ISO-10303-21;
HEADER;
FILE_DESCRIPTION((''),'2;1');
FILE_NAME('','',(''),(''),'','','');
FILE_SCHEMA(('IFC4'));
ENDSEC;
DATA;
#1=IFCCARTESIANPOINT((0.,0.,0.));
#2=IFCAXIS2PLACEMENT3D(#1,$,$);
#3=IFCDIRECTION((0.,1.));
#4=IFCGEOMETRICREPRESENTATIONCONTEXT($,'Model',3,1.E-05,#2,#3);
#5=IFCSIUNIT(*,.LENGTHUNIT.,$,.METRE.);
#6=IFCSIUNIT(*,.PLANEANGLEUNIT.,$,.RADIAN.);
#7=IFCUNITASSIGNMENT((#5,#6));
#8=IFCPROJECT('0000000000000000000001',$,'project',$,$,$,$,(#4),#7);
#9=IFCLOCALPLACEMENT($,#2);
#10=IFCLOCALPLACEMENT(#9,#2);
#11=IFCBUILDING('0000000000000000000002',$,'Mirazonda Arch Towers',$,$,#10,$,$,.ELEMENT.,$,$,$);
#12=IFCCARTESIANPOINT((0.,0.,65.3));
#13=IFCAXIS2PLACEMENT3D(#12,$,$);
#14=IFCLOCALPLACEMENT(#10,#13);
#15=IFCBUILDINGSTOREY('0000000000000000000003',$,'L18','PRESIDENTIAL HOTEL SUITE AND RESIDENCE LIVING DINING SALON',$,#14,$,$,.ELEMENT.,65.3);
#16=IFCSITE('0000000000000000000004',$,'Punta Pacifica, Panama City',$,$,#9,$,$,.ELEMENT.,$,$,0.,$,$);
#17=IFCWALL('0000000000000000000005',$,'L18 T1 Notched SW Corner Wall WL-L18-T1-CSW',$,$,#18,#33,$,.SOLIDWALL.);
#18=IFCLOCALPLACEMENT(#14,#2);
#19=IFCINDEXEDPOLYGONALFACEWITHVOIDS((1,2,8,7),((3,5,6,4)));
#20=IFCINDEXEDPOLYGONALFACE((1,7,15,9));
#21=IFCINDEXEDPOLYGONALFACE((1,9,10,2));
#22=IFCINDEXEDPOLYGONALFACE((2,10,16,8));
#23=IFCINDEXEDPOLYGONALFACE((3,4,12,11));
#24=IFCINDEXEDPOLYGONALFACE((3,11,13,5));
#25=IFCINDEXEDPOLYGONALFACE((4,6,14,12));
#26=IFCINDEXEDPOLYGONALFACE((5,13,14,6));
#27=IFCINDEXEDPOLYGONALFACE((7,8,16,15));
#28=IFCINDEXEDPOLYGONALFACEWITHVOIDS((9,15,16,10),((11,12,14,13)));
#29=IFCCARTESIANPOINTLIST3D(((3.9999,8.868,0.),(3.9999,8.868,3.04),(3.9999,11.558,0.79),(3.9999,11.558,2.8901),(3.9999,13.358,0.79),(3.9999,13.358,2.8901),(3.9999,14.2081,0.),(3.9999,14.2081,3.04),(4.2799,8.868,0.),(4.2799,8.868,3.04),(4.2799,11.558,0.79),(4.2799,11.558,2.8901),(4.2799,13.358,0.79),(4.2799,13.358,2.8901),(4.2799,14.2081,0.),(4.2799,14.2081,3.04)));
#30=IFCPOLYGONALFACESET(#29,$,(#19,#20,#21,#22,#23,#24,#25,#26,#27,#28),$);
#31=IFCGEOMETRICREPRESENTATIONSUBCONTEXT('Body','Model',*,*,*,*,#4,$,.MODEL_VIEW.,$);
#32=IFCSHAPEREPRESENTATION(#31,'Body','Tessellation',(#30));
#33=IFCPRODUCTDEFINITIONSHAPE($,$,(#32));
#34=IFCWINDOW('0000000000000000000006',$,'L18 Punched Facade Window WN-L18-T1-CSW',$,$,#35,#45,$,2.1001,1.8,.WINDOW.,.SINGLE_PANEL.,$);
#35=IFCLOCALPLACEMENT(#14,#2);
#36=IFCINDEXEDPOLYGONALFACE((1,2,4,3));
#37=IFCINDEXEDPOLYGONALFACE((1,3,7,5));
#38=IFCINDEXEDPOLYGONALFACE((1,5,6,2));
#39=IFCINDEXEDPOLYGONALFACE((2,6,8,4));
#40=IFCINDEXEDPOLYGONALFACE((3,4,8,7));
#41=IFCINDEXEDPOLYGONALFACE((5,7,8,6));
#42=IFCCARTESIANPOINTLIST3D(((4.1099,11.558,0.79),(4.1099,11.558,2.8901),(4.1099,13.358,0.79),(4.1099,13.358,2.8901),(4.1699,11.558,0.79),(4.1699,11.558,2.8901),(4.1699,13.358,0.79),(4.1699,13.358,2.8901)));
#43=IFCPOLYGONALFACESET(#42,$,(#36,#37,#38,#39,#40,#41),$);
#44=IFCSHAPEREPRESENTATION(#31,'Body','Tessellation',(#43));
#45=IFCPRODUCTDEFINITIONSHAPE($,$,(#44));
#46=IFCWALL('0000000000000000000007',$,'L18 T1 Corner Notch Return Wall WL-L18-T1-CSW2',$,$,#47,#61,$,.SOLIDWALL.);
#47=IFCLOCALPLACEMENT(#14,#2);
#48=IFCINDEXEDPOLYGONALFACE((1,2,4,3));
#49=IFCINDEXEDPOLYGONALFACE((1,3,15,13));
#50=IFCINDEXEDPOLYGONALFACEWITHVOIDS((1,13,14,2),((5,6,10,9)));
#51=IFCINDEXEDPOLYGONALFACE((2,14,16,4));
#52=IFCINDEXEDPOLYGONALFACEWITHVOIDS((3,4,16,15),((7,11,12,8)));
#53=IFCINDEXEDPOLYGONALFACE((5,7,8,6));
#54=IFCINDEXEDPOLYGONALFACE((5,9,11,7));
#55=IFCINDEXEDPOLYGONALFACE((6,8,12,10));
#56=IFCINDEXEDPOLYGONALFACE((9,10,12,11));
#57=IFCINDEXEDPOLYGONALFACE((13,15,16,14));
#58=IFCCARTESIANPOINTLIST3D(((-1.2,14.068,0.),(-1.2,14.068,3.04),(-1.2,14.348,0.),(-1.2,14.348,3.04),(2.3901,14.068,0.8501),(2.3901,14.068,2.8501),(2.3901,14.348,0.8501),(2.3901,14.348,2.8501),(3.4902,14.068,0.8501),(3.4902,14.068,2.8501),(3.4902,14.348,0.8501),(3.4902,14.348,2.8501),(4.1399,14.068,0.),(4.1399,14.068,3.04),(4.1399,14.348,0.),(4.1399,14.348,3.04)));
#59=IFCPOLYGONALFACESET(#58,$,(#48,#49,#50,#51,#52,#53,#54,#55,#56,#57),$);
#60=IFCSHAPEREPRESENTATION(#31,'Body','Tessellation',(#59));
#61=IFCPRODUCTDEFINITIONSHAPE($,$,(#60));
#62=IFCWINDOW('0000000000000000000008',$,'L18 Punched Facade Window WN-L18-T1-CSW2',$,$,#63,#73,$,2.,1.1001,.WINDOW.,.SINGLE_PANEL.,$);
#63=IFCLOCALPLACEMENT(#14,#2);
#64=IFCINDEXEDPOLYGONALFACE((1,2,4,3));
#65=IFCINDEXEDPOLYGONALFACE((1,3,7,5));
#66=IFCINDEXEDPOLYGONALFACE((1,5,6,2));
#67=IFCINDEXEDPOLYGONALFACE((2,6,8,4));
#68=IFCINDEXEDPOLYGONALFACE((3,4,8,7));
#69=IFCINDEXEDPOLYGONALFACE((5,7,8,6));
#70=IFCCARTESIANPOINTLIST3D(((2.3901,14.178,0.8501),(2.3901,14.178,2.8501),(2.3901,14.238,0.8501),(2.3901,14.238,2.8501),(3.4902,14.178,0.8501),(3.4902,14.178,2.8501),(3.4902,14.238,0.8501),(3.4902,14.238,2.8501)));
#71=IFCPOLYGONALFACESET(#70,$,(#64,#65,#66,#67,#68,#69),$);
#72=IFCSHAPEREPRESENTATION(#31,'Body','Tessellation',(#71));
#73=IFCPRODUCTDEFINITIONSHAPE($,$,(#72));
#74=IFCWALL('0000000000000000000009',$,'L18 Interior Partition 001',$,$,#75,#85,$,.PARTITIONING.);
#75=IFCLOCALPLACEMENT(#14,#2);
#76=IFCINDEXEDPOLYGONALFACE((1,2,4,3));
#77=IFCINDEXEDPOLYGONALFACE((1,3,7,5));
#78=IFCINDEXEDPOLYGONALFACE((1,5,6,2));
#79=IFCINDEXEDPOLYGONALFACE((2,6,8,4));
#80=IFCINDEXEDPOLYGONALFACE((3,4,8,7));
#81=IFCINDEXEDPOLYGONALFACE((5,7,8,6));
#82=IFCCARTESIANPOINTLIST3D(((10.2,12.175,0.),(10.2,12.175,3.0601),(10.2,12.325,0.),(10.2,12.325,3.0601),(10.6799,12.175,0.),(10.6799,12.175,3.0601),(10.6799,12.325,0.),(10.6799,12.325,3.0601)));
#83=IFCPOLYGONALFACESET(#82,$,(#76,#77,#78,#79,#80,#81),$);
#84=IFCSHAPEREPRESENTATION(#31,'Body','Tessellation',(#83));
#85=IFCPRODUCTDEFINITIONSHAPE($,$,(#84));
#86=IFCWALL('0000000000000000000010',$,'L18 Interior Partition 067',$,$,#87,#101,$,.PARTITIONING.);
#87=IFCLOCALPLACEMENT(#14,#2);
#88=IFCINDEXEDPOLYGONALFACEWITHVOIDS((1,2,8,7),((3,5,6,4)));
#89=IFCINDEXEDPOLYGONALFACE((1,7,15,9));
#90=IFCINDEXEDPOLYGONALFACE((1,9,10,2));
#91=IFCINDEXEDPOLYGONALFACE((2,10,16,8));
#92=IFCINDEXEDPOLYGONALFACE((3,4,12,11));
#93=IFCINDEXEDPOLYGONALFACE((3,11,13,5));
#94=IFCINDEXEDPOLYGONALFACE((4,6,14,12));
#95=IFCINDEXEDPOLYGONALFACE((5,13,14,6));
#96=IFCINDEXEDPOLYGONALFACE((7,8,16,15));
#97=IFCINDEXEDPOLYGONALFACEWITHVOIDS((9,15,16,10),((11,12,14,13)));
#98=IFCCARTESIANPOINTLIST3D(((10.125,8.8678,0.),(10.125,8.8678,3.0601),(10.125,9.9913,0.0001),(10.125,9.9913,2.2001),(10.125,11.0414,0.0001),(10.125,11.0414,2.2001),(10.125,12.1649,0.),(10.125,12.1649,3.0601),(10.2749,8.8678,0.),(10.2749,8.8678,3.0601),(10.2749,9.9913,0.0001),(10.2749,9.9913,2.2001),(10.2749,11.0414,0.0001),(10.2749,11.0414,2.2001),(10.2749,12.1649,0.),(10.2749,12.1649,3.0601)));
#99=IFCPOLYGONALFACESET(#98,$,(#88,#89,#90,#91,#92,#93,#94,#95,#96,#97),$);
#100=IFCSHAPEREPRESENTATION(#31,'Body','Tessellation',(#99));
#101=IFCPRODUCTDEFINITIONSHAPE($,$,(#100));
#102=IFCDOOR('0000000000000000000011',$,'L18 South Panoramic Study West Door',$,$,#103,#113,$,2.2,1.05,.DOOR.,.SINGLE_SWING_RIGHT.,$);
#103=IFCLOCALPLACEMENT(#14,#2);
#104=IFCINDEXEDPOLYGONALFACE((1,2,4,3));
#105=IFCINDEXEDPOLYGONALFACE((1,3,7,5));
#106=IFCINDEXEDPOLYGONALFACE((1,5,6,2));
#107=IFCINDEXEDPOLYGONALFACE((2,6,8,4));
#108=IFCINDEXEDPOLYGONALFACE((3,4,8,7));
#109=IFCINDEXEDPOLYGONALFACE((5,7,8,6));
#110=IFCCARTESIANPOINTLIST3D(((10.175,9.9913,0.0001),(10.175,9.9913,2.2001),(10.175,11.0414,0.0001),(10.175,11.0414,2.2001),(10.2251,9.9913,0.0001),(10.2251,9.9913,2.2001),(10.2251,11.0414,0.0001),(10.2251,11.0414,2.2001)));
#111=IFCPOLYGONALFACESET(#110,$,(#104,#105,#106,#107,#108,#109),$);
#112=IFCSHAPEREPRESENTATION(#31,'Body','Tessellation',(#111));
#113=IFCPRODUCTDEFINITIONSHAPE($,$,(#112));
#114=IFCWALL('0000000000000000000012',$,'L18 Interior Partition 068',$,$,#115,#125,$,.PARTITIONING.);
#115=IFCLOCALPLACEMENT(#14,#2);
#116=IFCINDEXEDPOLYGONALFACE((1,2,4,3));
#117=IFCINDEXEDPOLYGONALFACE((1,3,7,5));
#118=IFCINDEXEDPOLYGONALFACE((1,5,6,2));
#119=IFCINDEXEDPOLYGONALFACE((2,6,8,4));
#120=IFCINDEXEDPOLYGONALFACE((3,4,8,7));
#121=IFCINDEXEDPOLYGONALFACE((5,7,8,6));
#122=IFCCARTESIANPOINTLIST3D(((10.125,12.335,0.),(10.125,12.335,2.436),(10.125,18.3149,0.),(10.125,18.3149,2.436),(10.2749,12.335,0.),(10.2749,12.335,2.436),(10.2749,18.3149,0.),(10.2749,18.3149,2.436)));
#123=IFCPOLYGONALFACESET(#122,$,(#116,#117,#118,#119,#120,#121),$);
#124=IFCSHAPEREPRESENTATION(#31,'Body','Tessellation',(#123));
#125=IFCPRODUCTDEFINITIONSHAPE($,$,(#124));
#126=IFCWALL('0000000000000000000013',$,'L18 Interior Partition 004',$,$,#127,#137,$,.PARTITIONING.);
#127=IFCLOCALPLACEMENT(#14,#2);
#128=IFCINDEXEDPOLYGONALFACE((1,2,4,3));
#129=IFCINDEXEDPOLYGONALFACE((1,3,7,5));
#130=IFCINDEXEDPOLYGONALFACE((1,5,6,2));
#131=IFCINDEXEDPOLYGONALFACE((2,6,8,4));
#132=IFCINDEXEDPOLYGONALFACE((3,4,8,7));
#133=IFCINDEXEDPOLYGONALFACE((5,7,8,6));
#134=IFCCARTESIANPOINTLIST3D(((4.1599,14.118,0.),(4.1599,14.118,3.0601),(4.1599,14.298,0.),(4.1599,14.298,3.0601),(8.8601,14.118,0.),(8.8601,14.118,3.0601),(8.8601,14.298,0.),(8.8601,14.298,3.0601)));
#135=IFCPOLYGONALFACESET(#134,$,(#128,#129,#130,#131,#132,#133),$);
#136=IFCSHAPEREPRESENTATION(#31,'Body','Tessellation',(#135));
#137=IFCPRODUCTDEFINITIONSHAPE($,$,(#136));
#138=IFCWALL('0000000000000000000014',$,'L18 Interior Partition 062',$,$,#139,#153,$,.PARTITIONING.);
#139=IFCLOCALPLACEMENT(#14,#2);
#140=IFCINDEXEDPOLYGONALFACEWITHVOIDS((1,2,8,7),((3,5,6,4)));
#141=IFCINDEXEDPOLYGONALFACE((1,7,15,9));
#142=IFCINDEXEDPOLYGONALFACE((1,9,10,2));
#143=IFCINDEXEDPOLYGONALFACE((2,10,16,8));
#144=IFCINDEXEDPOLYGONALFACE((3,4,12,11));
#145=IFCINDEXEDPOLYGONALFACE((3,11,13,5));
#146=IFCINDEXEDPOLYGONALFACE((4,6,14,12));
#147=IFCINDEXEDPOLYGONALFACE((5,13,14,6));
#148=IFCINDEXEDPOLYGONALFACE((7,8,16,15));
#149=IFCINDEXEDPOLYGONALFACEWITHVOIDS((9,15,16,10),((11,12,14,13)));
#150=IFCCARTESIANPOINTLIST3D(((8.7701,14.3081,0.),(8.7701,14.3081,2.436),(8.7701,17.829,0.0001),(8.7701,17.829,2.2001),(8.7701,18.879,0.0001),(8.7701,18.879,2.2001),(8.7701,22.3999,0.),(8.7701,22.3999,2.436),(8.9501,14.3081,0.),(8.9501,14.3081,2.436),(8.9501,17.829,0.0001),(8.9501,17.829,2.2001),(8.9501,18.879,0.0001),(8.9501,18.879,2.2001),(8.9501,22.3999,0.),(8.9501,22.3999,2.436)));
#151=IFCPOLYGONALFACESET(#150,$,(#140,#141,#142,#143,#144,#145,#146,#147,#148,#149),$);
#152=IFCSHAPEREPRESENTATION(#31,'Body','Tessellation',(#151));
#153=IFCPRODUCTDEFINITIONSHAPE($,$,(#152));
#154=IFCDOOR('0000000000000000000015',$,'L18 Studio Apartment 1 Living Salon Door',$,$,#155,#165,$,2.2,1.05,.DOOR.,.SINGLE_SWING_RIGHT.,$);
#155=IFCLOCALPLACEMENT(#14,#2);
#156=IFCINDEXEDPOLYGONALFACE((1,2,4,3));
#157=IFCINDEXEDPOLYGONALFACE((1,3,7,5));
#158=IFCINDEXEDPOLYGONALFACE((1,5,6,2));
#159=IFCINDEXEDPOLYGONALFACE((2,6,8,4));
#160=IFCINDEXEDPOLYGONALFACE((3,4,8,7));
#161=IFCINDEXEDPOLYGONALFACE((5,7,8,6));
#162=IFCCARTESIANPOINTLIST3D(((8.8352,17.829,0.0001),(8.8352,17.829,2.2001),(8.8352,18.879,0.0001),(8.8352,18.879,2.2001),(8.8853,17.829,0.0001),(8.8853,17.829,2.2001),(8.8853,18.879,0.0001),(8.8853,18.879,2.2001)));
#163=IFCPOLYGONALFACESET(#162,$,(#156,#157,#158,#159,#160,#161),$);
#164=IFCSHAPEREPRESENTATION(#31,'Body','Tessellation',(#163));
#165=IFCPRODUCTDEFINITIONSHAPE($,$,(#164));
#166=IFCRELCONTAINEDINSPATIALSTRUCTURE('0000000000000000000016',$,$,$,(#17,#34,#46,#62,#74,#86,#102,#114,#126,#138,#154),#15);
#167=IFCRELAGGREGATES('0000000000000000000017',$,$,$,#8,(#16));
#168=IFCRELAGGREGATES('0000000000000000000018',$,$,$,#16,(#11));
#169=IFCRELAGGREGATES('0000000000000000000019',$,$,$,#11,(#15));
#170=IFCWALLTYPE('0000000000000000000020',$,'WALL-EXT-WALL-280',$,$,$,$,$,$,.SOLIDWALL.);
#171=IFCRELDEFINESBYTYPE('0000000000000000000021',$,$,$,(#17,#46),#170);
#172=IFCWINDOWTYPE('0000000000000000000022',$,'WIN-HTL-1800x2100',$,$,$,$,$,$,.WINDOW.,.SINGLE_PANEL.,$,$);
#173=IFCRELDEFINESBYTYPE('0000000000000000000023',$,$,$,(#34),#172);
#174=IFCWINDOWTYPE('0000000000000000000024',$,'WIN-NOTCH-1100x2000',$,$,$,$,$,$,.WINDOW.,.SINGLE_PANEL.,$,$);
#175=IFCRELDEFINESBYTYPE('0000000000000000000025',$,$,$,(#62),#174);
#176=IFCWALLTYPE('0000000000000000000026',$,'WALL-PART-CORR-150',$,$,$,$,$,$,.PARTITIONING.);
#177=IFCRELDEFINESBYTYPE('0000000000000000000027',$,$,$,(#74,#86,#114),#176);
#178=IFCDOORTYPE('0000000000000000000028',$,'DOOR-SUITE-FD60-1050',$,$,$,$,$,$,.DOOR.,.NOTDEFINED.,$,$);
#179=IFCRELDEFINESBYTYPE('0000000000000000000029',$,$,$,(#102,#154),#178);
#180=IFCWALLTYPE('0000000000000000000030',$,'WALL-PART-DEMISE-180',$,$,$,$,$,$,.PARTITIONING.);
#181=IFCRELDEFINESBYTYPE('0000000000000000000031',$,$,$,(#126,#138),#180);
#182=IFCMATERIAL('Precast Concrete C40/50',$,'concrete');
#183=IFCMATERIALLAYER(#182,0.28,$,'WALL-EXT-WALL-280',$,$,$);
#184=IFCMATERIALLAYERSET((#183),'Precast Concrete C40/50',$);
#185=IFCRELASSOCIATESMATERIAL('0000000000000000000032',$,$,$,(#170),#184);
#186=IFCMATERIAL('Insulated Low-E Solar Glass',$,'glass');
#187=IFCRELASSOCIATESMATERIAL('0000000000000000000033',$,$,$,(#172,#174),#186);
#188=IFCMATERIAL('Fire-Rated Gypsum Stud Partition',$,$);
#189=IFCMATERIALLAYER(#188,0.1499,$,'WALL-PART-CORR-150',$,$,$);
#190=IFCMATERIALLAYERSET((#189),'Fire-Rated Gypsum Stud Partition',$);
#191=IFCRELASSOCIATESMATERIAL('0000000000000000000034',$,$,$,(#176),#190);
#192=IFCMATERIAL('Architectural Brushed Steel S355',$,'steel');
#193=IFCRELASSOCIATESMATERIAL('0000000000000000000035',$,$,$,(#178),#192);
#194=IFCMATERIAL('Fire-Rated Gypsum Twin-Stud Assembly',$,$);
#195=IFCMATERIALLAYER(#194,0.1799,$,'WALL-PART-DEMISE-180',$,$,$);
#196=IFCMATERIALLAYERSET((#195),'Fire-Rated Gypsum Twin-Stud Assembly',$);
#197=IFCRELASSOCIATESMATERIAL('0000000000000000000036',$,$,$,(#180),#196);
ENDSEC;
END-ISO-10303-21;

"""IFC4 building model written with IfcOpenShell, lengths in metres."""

from ifc_helpers import new_model, si_unit, direction, frame, frame_2d, origin, place, context, subcontext, project, spatial, rectangle, extrude, material, layer, layer_set, type_object, element, fill, save


model = new_model("IFC4")

# Units and contexts
model_context = context("Model", 3, precision=1e-05, world=origin(), true_north=direction((0.0, 1.0)))
body_context = subcontext(model_context, "Body", "Model", "MODEL_VIEW")
ifc_project = project(units=[si_unit("LENGTHUNIT", "METRE"), si_unit("PLANEANGLEUNIT", "RADIAN")], contexts=[model_context])

# Site, building, storey
site_placement = place(None, origin())
site = spatial("IfcSite", under=ifc_project, at=site_placement, Name="Punta Pacifica, Panama City", CompositionType="ELEMENT", RefElevation=0.0)
building_placement = place(site_placement, origin())
building = spatial("IfcBuilding", under=site, at=building_placement, Name="Mirazonda Arch Towers", CompositionType="ELEMENT")
storey_placement = place(building_placement, frame((0.0, 0.0, 65.3)))
storey = spatial("IfcBuildingStorey", under=building, at=storey_placement, Name="L18", Description="PRESIDENTIAL HOTEL SUITE AND RESIDENCE LIVING DINING SALON", CompositionType="ELEMENT", Elevation=65.3)

# Shared definitions
ifc_material_1 = material(Name="Insulated Low-E Solar Glass", Category="glass")

# Walls, openings, windows
ifc_material_2 = material(Name="Precast Concrete C40/50", Category="concrete")
ifc_layer_1 = layer(ifc_material_2, 0.28, Name="WALL-EXT-WALL-280")
ifc_layer_set_1 = layer_set([ifc_layer_1], Name="Precast Concrete C40/50")
wall_type_1 = type_object("IfcWallType", Name="WALL-EXT-WALL-280", PredefinedType="SOLIDWALL", material=ifc_layer_set_1)
wall_1_placement = place(storey_placement, frame((4.1399, 14.208, 0.0), z_axis=(0.0, 0.0, 1.0), x_axis=(0.0, -1.0, 0.0)))
wall_1 = element("IfcWall", 1, at=wall_1_placement, inside=storey, type_object=wall_type_1, Name="L18 T1 Notched SW Corner Wall WL-L18-T1-CSW", PredefinedType="SOLIDWALL", context=body_context, shape_type="SweptSolid", body=[
    extrude(rectangle(XDim=5.3401, YDim=0.28, at=frame_2d((2.6699, 0.0))), origin(), (0.0, 0.0, 1.0), 3.04),
])
opening_1_placement = place(wall_1_placement, frame((0.8501, 0.0, 0.79)))
opening_1 = element("IfcOpeningElement", 2, at=opening_1_placement, cuts=wall_1, PredefinedType="OPENING", context=body_context, shape_type="SweptSolid", body=[
    extrude(rectangle(XDim=1.8, YDim=2.1001, at=frame_2d((0.8999, 1.05))), frame((0.0, 0.1499, 0.0), z_axis=(0.0, -1.0, 0.0), x_axis=(1.0, 0.0, 0.0)), (0.0, 0.0, 1.0), 0.3),
])
window_type_1 = type_object("IfcWindowType", Name="WIN-HTL-1800x2100", PartitioningType="SINGLE_PANEL", PredefinedType="WINDOW", material=ifc_material_1)
window_1_placement = place(opening_1_placement, origin())
window_1 = element("IfcWindow", 3, at=window_1_placement, inside=storey, type_object=window_type_1, Name="L18 Punched Facade Window WN-L18-T1-CSW", OverallHeight=2.1001, OverallWidth=1.8, PartitioningType="SINGLE_PANEL", PredefinedType="WINDOW", context=body_context, shape_type="SweptSolid", body=[
    extrude(rectangle(XDim=1.8, YDim=2.1001, at=frame_2d((0.8999, 1.05))), frame((0.0, 0.03, 0.0), z_axis=(0.0, -1.0, 0.0), x_axis=(1.0, 0.0, 0.0)), (0.0, 0.0, 1.0), 0.0601),
])
fill(opening_1, window_1)
wall_2_placement = place(storey_placement, frame((-1.2, 14.208, 0.0), z_axis=(0.0, 0.0, 1.0), x_axis=(1.0, 0.0, 0.0)))
wall_2 = element("IfcWall", 4, at=wall_2_placement, inside=storey, type_object=wall_type_1, Name="L18 T1 Corner Notch Return Wall WL-L18-T1-CSW2", PredefinedType="SOLIDWALL", context=body_context, shape_type="SweptSolid", body=[
    extrude(rectangle(XDim=5.3398, YDim=0.28, at=frame_2d((2.6699, 0.0))), origin(), (0.0, 0.0, 1.0), 3.04),
])
opening_2_placement = place(wall_2_placement, frame((3.5901, 0.0, 0.8501)))
opening_2 = element("IfcOpeningElement", 5, at=opening_2_placement, cuts=wall_2, PredefinedType="OPENING", context=body_context, shape_type="SweptSolid", body=[
    extrude(rectangle(XDim=1.1001, YDim=2.0, at=frame_2d((0.55, 1.0))), frame((0.0, 0.1499, 0.0), z_axis=(0.0, -1.0, 0.0), x_axis=(1.0, 0.0, 0.0)), (0.0, 0.0, 1.0), 0.3),
])
window_type_2 = type_object("IfcWindowType", Name="WIN-NOTCH-1100x2000", PartitioningType="SINGLE_PANEL", PredefinedType="WINDOW", material=ifc_material_1)
window_2_placement = place(opening_2_placement, origin())
window_2 = element("IfcWindow", 6, at=window_2_placement, inside=storey, type_object=window_type_2, Name="L18 Punched Facade Window WN-L18-T1-CSW2", OverallHeight=2.0, OverallWidth=1.1001, PartitioningType="SINGLE_PANEL", PredefinedType="WINDOW", context=body_context, shape_type="SweptSolid", body=[
    extrude(rectangle(XDim=1.1001, YDim=2.0, at=frame_2d((0.55, 1.0))), frame((0.0, 0.03, 0.0), z_axis=(0.0, -1.0, 0.0), x_axis=(1.0, 0.0, 0.0)), (0.0, 0.0, 1.0), 0.0601),
])
fill(opening_2, window_2)

# Wall
ifc_material_3 = material(Name="Fire-Rated Gypsum Stud Partition")
ifc_layer_2 = layer(ifc_material_3, 0.1499, Name="WALL-PART-CORR-150")
ifc_layer_set_2 = layer_set([ifc_layer_2], Name="Fire-Rated Gypsum Stud Partition")
wall_type_2 = type_object("IfcWallType", Name="WALL-PART-CORR-150", PredefinedType="PARTITIONING", material=ifc_layer_set_2)
wall_3_placement = place(storey_placement, frame((10.2, 12.25, 0.0), z_axis=(0.0, 0.0, 1.0), x_axis=(1.0, 0.0, 0.0)))
element("IfcWall", 7, at=wall_3_placement, inside=storey, type_object=wall_type_2, Name="L18 Interior Partition 001", PredefinedType="PARTITIONING", context=body_context, shape_type="SweptSolid", body=[
    extrude(rectangle(XDim=0.48, YDim=0.1499, at=frame_2d((0.24, 0.0))), origin(), (0.0, 0.0, 1.0), 3.0601),
])

# Wall, opening, door
wall_4_placement = place(storey_placement, frame((10.2, 8.8679, 0.0), z_axis=(0.0, 0.0, 1.0), x_axis=(0.0, 1.0, 0.0)))
wall_4 = element("IfcWall", 8, at=wall_4_placement, inside=storey, type_object=wall_type_2, Name="L18 Interior Partition 067", PredefinedType="PARTITIONING", context=body_context, shape_type="SweptSolid", body=[
    extrude(rectangle(XDim=3.2971, YDim=0.1499, at=frame_2d((1.6484, 0.0))), origin(), (0.0, 0.0, 1.0), 3.0601),
])
opening_3_placement = place(wall_4_placement, frame((1.1235, 0.0, 0.0)))
opening_3 = element("IfcOpeningElement", 9, at=opening_3_placement, cuts=wall_4, PredefinedType="OPENING", context=body_context, shape_type="SweptSolid", body=[
    extrude(rectangle(XDim=1.05, YDim=2.2, at=frame_2d((0.5249, 1.1001))), frame((0.0, 0.085, 0.0), z_axis=(0.0, -1.0, 0.0), x_axis=(1.0, 0.0, 0.0)), (0.0, 0.0, 1.0), 0.1699),
])
ifc_material_4 = material(Name="Architectural Brushed Steel S355", Category="steel")
door_type_1 = type_object("IfcDoorType", Name="DOOR-SUITE-FD60-1050", OperationType="NOTDEFINED", PredefinedType="DOOR", material=ifc_material_4)
door_1_placement = place(opening_3_placement, origin())
door_1 = element("IfcDoor", 10, at=door_1_placement, inside=storey, type_object=door_type_1, Name="L18 South Panoramic Study West Door", OperationType="SINGLE_SWING_RIGHT", OverallHeight=2.2, OverallWidth=1.05, PredefinedType="DOOR", context=body_context, shape_type="SweptSolid", body=[
    extrude(rectangle(XDim=1.05, YDim=2.2, at=frame_2d((0.5249, 1.1001))), frame((0.0, 0.0249, 0.0), z_axis=(0.0, -1.0, 0.0), x_axis=(1.0, 0.0, 0.0)), (0.0, 0.0, 1.0), 0.05),
])
fill(opening_3, door_1)

# Walls
wall_5_placement = place(storey_placement, frame((10.2, 12.335, 0.0), z_axis=(0.0, 0.0, 1.0), x_axis=(0.0, 1.0, 0.0)))
element("IfcWall", 11, at=wall_5_placement, inside=storey, type_object=wall_type_2, Name="L18 Interior Partition 068", PredefinedType="PARTITIONING", context=body_context, shape_type="SweptSolid", body=[
    extrude(rectangle(XDim=5.98, YDim=0.1499, at=frame_2d((2.99, 0.0))), origin(), (0.0, 0.0, 1.0), 2.436),
])
ifc_material_5 = material(Name="Fire-Rated Gypsum Twin-Stud Assembly")
ifc_layer_3 = layer(ifc_material_5, 0.1799, Name="WALL-PART-DEMISE-180")
ifc_layer_set_3 = layer_set([ifc_layer_3], Name="Fire-Rated Gypsum Twin-Stud Assembly")
wall_type_3 = type_object("IfcWallType", Name="WALL-PART-DEMISE-180", PredefinedType="PARTITIONING", material=ifc_layer_set_3)
wall_6_placement = place(storey_placement, frame((4.1599, 14.208, 0.0), z_axis=(0.0, 0.0, 1.0), x_axis=(1.0, 0.0, 0.0)))
element("IfcWall", 12, at=wall_6_placement, inside=storey, type_object=wall_type_3, Name="L18 Interior Partition 004", PredefinedType="PARTITIONING", context=body_context, shape_type="SweptSolid", body=[
    extrude(rectangle(XDim=4.7002, YDim=0.1799, at=frame_2d((2.3501, 0.0))), origin(), (0.0, 0.0, 1.0), 3.0601),
])

# Wall, opening, door
wall_7_placement = place(storey_placement, frame((8.8601, 14.3081, 0.0), z_axis=(0.0, 0.0, 1.0), x_axis=(0.0, 1.0, 0.0)))
wall_7 = element("IfcWall", 13, at=wall_7_placement, inside=storey, type_object=wall_type_3, Name="L18 Interior Partition 062", PredefinedType="PARTITIONING", context=body_context, shape_type="SweptSolid", body=[
    extrude(rectangle(XDim=8.0918, YDim=0.1799, at=frame_2d((4.0459, 0.0))), origin(), (0.0, 0.0, 1.0), 2.436),
])
opening_4_placement = place(wall_7_placement, frame((3.521, 0.0, 0.0)))
opening_4 = element("IfcOpeningElement", 14, at=opening_4_placement, cuts=wall_7, PredefinedType="OPENING", context=body_context, shape_type="SweptSolid", body=[
    extrude(rectangle(XDim=1.05, YDim=2.2, at=frame_2d((0.5249, 1.1001))), frame((0.0, 0.0999, 0.0), z_axis=(0.0, -1.0, 0.0), x_axis=(1.0, 0.0, 0.0)), (0.0, 0.0, 1.0), 0.2),
])
door_2_placement = place(opening_4_placement, origin())
door_2 = element("IfcDoor", 15, at=door_2_placement, inside=storey, type_object=door_type_1, Name="L18 Studio Apartment 1 Living Salon Door", OperationType="SINGLE_SWING_RIGHT", OverallHeight=2.2, OverallWidth=1.05, PredefinedType="DOOR", context=body_context, shape_type="SweptSolid", body=[
    extrude(rectangle(XDim=1.05, YDim=2.2, at=frame_2d((0.5249, 1.1001))), frame((0.0, 0.0249, 0.0), z_axis=(0.0, -1.0, 0.0), x_axis=(1.0, 0.0, 0.0)), (0.0, 0.0, 1.0), 0.05),
])
fill(opening_4, door_2)

save(model, "model.ifc")
